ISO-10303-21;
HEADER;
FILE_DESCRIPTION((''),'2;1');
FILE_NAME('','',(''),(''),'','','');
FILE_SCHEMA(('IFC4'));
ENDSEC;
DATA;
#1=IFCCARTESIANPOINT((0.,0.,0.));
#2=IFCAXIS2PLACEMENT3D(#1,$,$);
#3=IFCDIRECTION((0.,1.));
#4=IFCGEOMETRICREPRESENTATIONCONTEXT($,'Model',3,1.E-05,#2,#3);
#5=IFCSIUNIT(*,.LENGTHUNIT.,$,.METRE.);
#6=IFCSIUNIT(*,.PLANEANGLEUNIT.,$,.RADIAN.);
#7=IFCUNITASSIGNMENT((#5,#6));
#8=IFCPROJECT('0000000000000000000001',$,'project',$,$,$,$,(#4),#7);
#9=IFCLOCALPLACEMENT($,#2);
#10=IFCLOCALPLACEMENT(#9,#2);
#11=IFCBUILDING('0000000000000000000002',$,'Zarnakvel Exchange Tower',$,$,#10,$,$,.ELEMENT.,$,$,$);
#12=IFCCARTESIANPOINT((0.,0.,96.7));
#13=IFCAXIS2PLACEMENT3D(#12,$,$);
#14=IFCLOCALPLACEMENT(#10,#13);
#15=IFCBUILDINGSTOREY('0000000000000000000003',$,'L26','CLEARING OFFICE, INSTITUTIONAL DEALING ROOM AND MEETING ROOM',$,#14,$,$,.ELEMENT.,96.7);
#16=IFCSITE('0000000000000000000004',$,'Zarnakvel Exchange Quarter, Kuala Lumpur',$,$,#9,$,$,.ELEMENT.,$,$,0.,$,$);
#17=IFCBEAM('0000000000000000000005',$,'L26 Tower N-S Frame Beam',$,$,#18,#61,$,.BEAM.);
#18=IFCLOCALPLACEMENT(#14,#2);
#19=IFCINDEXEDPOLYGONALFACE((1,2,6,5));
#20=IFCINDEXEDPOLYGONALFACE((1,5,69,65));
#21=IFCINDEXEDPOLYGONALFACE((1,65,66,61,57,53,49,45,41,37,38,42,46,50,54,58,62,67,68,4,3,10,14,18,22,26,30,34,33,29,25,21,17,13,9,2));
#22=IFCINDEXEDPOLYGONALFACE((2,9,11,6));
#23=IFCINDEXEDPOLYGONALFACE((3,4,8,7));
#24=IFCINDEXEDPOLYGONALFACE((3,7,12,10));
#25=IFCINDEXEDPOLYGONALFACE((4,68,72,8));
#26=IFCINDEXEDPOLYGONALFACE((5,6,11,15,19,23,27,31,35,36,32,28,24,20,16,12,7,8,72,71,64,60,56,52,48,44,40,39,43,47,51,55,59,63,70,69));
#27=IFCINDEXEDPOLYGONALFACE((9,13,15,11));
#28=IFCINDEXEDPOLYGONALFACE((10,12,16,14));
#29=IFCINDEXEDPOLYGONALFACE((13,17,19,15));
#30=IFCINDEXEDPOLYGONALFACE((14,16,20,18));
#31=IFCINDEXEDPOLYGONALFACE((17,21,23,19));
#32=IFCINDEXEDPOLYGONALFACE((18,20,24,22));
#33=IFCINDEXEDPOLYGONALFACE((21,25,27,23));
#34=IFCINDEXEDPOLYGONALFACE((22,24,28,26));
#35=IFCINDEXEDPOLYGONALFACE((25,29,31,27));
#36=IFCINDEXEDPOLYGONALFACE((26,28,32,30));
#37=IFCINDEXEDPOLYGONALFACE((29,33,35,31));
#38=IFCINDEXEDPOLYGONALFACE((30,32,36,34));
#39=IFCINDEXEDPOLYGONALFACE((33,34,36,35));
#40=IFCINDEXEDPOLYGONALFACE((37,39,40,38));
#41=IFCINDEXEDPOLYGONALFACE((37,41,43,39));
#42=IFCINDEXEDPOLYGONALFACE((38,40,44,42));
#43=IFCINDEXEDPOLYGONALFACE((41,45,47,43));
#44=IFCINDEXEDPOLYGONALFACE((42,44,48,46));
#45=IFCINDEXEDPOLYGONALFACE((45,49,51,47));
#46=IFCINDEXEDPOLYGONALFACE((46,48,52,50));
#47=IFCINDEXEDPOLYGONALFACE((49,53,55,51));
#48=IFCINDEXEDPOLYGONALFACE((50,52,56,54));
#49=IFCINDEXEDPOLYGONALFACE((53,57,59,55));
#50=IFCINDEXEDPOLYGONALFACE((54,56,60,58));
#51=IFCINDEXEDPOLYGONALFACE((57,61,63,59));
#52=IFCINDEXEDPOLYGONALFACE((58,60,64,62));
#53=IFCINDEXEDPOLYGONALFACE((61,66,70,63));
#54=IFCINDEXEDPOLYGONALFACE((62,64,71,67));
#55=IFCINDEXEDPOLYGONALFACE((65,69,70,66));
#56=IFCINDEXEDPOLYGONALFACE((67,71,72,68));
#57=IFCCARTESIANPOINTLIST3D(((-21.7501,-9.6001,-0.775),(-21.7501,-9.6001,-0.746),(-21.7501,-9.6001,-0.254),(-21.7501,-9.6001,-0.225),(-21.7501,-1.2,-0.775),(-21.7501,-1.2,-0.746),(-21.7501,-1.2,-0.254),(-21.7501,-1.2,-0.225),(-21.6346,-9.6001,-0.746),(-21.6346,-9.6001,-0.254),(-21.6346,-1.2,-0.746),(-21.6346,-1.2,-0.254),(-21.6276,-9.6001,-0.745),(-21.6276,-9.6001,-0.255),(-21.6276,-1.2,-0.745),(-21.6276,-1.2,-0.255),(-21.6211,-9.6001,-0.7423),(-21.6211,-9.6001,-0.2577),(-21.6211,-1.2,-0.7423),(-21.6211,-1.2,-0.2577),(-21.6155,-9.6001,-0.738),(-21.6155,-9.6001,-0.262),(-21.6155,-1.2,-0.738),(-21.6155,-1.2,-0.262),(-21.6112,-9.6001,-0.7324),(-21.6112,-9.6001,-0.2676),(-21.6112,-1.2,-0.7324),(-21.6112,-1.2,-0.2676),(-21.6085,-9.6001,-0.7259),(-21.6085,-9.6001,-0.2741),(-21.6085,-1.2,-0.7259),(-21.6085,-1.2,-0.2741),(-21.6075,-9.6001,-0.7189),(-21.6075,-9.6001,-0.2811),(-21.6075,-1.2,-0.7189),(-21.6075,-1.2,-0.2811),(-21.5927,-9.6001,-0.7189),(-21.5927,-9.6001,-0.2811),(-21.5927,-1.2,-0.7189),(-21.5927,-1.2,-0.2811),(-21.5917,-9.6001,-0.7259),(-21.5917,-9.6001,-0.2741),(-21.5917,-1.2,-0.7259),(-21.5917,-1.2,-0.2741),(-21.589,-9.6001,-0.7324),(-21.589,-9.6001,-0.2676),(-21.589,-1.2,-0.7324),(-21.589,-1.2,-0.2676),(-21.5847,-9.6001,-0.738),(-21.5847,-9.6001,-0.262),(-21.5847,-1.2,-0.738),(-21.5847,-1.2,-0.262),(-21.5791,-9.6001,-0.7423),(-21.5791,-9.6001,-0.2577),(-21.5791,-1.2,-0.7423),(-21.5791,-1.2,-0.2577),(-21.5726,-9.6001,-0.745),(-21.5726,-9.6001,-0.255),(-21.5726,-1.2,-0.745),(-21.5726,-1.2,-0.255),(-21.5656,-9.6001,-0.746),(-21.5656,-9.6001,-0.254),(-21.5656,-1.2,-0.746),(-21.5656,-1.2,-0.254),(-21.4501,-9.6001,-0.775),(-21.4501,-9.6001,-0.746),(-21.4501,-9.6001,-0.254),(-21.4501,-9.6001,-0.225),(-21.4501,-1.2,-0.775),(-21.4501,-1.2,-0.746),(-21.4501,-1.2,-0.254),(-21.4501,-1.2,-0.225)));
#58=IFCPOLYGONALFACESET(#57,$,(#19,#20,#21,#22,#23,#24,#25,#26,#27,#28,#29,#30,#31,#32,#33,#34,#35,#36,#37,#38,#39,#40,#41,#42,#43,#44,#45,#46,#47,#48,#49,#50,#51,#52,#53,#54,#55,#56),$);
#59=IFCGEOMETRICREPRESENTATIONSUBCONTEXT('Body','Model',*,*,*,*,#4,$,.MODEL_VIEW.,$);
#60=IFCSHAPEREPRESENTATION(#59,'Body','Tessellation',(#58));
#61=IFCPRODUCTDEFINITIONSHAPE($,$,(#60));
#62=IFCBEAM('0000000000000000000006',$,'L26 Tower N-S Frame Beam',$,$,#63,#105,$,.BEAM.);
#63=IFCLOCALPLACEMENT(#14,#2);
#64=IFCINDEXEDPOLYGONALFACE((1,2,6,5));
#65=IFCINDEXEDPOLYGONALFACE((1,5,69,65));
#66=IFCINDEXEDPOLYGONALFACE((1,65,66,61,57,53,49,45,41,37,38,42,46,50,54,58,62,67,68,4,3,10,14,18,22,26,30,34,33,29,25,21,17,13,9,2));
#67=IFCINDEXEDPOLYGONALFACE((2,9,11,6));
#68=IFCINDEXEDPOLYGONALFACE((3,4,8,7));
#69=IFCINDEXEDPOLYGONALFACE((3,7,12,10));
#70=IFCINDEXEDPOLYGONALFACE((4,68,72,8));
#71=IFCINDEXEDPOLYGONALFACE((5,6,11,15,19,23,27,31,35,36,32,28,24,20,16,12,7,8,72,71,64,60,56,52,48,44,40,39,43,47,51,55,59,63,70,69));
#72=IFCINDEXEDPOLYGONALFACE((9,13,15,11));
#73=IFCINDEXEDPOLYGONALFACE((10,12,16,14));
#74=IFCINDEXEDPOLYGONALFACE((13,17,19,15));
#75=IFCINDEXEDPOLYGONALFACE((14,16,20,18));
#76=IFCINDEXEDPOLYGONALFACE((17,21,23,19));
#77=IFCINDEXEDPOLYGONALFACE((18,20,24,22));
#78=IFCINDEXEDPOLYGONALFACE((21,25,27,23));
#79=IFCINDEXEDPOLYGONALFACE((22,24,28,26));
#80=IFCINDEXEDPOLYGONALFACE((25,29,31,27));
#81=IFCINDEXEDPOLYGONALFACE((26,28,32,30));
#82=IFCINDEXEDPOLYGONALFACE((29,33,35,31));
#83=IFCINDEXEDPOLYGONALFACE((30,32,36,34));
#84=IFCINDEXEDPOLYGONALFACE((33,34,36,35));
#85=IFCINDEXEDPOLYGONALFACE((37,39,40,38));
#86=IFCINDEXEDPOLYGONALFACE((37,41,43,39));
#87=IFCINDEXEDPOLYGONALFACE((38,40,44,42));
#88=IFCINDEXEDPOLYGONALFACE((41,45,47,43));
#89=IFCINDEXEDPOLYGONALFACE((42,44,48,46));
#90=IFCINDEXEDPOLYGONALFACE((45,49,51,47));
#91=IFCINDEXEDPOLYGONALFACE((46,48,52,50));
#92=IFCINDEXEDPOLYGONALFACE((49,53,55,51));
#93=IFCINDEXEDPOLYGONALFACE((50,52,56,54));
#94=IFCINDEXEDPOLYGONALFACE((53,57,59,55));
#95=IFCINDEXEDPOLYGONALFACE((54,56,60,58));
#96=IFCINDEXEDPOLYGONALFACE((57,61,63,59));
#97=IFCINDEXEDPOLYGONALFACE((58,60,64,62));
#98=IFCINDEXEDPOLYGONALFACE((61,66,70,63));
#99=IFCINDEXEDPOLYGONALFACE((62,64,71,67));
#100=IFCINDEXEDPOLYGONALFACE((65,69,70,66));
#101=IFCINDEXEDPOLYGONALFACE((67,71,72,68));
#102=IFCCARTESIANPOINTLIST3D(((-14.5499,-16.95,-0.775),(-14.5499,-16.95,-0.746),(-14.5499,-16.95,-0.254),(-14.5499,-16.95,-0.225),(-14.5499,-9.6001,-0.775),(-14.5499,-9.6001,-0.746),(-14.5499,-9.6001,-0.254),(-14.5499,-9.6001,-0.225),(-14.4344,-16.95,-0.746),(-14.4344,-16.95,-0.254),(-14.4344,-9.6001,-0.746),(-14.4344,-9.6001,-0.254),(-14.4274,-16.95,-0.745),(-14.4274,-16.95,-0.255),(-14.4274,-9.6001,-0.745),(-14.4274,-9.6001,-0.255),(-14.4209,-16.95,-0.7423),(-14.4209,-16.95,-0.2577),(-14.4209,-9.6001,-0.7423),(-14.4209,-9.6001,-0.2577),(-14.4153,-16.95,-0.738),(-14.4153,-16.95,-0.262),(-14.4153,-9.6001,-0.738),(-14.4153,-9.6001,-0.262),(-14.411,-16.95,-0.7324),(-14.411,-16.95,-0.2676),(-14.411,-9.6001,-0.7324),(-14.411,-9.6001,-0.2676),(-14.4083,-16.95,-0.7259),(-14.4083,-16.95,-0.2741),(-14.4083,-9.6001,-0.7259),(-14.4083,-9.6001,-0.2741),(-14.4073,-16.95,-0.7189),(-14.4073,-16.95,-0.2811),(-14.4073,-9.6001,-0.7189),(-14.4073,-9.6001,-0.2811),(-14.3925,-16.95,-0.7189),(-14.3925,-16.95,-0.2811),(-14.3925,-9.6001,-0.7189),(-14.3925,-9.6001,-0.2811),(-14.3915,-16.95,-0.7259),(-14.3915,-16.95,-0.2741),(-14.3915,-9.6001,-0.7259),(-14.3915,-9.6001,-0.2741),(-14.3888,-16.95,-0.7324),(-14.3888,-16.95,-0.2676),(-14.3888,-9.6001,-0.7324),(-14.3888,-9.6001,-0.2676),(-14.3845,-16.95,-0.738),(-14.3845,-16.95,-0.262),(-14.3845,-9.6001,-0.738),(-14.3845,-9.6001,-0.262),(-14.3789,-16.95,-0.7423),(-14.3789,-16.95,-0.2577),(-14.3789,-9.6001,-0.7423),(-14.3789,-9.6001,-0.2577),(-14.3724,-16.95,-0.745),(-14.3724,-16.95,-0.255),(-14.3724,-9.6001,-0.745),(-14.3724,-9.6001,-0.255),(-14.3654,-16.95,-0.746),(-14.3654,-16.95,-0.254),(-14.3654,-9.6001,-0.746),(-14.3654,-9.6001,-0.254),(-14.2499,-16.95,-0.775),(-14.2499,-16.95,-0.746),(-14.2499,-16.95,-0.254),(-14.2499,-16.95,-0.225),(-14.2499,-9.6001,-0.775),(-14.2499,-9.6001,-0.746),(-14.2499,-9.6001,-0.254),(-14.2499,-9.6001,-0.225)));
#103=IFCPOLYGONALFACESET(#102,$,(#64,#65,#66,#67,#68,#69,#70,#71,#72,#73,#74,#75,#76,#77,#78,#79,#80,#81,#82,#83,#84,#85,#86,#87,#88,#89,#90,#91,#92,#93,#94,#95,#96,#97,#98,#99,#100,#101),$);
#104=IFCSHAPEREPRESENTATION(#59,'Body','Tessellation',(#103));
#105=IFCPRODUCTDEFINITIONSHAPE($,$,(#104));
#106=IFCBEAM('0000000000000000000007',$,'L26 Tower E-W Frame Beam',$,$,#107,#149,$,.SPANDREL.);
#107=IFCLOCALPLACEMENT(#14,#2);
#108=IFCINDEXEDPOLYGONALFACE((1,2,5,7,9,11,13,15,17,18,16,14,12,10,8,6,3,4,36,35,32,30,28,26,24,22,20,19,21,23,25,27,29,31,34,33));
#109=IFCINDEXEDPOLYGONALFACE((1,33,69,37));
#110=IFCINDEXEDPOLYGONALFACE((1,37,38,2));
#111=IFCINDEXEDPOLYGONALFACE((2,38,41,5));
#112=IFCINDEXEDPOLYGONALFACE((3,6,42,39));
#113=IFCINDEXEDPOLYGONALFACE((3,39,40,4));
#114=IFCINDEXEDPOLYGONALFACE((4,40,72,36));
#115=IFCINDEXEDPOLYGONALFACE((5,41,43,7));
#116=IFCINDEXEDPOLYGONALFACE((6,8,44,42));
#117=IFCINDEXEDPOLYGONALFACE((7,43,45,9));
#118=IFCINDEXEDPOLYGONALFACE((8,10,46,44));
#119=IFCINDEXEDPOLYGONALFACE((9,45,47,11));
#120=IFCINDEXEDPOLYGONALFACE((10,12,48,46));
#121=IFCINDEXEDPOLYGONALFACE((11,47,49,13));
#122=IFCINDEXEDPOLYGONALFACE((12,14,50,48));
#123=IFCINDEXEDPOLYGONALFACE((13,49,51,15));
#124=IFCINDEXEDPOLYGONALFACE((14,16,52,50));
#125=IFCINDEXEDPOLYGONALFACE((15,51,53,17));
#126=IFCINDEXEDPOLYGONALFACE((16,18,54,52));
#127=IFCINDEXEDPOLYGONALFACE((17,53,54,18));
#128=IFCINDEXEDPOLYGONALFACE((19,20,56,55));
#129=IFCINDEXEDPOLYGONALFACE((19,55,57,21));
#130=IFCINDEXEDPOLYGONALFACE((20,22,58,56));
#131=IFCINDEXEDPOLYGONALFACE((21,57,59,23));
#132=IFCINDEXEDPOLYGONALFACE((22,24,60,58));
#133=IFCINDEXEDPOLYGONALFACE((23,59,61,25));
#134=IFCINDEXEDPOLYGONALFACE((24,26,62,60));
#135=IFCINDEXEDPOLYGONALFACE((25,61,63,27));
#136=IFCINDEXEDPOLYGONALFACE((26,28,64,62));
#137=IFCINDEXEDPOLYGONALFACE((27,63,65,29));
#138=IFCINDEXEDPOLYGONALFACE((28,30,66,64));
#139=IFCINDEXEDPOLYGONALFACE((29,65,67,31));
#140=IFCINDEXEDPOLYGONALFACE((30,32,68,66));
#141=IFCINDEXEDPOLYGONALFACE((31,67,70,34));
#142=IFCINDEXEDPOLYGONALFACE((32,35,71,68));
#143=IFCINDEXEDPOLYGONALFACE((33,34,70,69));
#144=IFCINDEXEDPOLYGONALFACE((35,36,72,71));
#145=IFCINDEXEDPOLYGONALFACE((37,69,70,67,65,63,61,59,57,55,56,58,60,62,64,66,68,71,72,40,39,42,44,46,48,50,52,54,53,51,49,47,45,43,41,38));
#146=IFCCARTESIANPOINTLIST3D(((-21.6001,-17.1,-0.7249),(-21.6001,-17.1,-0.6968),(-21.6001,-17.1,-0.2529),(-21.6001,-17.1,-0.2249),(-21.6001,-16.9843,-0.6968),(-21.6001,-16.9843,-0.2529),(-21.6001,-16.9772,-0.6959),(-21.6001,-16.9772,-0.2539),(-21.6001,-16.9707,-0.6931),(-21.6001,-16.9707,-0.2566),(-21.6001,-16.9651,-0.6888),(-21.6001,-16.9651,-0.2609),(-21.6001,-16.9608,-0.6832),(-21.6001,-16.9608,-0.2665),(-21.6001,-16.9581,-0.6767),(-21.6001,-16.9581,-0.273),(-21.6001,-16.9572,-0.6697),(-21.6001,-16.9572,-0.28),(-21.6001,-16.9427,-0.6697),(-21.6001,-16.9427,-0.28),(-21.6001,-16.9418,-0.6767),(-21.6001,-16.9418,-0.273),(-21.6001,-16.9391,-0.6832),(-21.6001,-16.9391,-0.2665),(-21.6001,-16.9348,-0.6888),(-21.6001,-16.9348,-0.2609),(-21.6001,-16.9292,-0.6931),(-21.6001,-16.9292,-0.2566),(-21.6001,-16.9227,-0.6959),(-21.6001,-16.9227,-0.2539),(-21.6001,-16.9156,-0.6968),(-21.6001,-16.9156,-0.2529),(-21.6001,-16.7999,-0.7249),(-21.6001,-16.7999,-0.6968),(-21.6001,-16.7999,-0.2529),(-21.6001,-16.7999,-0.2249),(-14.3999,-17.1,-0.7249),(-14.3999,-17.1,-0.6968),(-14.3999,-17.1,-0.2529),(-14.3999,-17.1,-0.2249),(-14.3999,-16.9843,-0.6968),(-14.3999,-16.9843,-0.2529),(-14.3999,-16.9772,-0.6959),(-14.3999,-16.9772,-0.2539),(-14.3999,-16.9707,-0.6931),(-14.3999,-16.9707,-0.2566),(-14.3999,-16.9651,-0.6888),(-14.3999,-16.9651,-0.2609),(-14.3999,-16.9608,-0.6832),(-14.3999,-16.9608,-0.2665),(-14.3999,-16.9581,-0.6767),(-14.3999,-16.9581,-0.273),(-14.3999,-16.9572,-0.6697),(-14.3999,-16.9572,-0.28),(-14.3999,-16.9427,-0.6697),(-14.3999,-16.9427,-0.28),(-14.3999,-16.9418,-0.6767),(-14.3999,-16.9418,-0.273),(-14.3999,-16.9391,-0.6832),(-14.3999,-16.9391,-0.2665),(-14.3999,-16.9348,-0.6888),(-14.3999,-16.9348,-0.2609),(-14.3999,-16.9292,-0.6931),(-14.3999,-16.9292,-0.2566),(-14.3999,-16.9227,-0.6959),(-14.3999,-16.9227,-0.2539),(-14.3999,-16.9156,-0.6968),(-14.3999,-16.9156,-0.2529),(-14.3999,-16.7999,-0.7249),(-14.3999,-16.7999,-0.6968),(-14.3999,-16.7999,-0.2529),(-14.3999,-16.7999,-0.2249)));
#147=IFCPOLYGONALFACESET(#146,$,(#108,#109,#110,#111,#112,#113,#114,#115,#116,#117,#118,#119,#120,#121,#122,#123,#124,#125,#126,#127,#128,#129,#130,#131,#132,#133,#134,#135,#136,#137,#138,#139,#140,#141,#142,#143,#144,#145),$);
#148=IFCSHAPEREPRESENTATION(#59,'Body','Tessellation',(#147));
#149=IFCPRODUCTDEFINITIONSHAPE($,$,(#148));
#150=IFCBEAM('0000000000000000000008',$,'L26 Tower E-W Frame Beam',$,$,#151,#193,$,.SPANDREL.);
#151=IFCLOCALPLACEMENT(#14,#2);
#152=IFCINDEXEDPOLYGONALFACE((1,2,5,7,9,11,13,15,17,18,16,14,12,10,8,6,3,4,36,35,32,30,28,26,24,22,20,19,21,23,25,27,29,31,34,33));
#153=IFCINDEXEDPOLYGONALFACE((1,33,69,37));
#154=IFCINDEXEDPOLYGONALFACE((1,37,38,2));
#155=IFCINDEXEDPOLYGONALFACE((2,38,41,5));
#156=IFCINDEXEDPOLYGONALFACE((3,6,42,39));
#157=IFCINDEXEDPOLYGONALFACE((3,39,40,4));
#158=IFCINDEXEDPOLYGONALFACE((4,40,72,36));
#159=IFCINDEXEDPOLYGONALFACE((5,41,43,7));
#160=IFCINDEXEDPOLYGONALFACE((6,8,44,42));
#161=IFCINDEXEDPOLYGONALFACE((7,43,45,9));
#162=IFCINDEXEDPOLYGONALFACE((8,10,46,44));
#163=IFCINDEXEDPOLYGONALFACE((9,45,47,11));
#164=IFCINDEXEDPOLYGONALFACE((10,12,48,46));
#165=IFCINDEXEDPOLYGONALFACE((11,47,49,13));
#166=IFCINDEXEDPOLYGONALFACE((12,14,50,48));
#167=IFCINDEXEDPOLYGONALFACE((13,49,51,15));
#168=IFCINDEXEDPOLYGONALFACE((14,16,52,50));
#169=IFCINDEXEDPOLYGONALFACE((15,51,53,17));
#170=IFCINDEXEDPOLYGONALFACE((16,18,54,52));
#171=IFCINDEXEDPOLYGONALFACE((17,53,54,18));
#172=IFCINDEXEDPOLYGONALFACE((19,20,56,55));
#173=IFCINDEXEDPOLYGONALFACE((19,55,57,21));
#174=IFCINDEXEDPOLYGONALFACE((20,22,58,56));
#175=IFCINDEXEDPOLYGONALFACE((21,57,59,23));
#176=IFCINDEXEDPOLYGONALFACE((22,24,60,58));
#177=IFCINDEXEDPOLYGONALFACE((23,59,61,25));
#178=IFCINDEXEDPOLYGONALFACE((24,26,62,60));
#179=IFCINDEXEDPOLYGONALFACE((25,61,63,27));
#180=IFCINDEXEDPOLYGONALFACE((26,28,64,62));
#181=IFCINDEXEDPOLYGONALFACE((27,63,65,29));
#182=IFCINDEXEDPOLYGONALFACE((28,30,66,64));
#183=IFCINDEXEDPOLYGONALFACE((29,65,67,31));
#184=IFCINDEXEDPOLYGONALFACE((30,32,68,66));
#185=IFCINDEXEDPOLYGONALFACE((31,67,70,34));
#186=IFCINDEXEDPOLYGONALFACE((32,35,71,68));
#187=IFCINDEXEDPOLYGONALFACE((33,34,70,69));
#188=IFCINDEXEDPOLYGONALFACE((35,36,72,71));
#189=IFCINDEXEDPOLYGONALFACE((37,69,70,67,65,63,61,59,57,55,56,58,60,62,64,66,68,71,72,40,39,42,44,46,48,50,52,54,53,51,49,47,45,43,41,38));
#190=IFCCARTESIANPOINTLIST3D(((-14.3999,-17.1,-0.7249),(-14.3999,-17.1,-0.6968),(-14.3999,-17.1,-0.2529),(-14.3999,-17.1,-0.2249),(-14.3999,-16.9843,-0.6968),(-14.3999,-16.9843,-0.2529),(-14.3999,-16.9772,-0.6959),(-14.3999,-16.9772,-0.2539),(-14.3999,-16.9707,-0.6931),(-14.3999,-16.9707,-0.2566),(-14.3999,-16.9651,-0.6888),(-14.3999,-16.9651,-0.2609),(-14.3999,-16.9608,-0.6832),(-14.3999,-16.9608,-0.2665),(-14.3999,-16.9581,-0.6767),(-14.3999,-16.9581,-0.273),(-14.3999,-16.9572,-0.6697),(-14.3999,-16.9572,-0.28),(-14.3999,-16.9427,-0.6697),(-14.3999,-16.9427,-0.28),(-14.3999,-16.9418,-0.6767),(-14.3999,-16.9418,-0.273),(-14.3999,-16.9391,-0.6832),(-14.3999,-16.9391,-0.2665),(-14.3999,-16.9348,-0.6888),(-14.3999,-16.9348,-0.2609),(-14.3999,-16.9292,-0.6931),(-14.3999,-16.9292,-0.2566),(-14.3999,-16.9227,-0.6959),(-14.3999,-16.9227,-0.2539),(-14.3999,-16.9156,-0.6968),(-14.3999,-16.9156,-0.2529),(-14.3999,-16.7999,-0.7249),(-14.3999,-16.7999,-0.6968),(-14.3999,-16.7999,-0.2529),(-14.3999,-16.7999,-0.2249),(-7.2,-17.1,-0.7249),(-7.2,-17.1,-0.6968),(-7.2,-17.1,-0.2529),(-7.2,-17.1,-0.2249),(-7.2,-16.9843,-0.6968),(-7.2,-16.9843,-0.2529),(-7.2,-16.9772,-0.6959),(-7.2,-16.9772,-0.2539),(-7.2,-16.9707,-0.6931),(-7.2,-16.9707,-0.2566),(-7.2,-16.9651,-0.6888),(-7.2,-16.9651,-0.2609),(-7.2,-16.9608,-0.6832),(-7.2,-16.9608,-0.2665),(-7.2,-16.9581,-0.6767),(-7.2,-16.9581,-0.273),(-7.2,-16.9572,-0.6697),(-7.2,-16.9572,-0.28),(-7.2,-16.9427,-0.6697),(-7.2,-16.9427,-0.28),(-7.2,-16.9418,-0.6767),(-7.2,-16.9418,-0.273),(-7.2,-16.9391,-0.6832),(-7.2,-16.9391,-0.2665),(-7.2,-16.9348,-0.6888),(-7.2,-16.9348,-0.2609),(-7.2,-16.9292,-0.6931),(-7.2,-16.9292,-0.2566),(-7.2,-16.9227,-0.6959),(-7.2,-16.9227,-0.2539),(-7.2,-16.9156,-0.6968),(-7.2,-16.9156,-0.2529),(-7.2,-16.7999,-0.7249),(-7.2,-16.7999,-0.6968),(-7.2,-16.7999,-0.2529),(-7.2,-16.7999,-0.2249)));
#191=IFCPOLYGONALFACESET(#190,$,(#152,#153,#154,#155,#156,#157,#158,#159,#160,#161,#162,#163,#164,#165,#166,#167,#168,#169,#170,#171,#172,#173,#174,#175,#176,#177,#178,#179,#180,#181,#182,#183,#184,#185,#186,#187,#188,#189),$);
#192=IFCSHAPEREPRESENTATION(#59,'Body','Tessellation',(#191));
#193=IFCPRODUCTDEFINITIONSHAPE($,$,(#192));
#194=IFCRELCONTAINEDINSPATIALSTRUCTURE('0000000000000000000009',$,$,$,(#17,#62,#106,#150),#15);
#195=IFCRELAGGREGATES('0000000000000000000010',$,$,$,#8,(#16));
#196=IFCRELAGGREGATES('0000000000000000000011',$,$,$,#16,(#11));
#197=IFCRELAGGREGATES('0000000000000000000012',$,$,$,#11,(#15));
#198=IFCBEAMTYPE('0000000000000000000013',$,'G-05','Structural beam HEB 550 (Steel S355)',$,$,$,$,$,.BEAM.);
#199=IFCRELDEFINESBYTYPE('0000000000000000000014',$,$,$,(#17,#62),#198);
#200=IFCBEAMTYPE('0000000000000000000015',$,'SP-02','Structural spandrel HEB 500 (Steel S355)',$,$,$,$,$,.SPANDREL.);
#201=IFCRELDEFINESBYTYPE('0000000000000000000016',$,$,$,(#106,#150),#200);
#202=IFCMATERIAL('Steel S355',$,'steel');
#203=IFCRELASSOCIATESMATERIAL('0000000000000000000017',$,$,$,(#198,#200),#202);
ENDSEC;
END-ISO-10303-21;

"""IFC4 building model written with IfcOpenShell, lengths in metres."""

from ifc_helpers import new_model, si_unit, direction, frame, origin, origin_2d, place, context, subcontext, project, spatial, i_section, extrude, material, material_profile, profile_set, type_object, element, save


model = new_model("IFC4")

# Units and contexts
model_context = context("Model", 3, precision=1e-05, world=origin(), true_north=direction((0.0, 1.0)))
body_context = subcontext(model_context, "Body", "Model", "MODEL_VIEW")
ifc_project = project(units=[si_unit("LENGTHUNIT", "METRE"), si_unit("PLANEANGLEUNIT", "RADIAN")], contexts=[model_context])

# Site, building, storey
site_placement = place(None, origin())
site = spatial("IfcSite", under=ifc_project, at=site_placement, Name="Zarnakvel Exchange Quarter, Kuala Lumpur", CompositionType="ELEMENT", RefElevation=0.0)
building_placement = place(site_placement, origin())
building = spatial("IfcBuilding", under=site, at=building_placement, Name="Zarnakvel Exchange Tower", CompositionType="ELEMENT")
storey_placement = place(building_placement, frame((0.0, 0.0, 96.7)))
storey = spatial("IfcBuildingStorey", under=building, at=storey_placement, Name="L26", Description="CLEARING OFFICE, INSTITUTIONAL DEALING ROOM AND MEETING ROOM", CompositionType="ELEMENT", Elevation=96.7)

# Shared definitions
ifc_material_1 = material(Name="Steel S355", Category="steel")

# Beams
ifc_material_profile_1 = material_profile(ifc_material_1, i_section(OverallWidth=0.3, OverallDepth=0.55, WebThickness=0.0149, FlangeThickness=0.0291, FilletRadius=0.0271, at=origin_2d()))
ifc_profile_set_1 = profile_set([ifc_material_profile_1], Name="Steel S355")
beam_type_1 = type_object("IfcBeamType", Name="G-05", Description="Structural beam HEB 550 (Steel S355)", PredefinedType="BEAM", material=ifc_profile_set_1)
beam_1_placement = place(storey_placement, frame((-21.6001, -9.6001, -0.5), z_axis=(0.0, 1.0, 0.0), x_axis=(-1.0, 0.0, 0.0)))
element("IfcBeam", 1, at=beam_1_placement, inside=storey, type_object=beam_type_1, Name="L26 Tower N-S Frame Beam", PredefinedType="BEAM", context=body_context, shape_type="SweptSolid", body=[
    extrude(i_section(OverallWidth=0.3, OverallDepth=0.55, WebThickness=0.0149, FlangeThickness=0.0291, FilletRadius=0.0271, at=origin_2d()), origin(), (0.0, 0.0, 1.0), 8.4001),
])
beam_2_placement = place(storey_placement, frame((-14.3999, -16.95, -0.5), z_axis=(0.0, 1.0, 0.0), x_axis=(-1.0, 0.0, 0.0)))
element("IfcBeam", 2, at=beam_2_placement, inside=storey, type_object=beam_type_1, Name="L26 Tower N-S Frame Beam", PredefinedType="BEAM", context=body_context, shape_type="SweptSolid", body=[
    extrude(i_section(OverallWidth=0.3, OverallDepth=0.55, WebThickness=0.0149, FlangeThickness=0.0291, FilletRadius=0.0271, at=origin_2d()), origin(), (0.0, 0.0, 1.0), 7.3499),
])
ifc_material_profile_2 = material_profile(ifc_material_1, i_section(OverallWidth=0.3, OverallDepth=0.5, WebThickness=0.0144, FlangeThickness=0.0281, FilletRadius=0.0271, at=origin_2d()))
ifc_profile_set_2 = profile_set([ifc_material_profile_2], Name="Steel S355")
beam_type_2 = type_object("IfcBeamType", Name="SP-02", Description="Structural spandrel HEB 500 (Steel S355)", PredefinedType="SPANDREL", material=ifc_profile_set_2)
beam_3_placement = place(storey_placement, frame((-21.6001, -16.95, -0.4749), z_axis=(1.0, 0.0, 0.0), x_axis=(0.0, 1.0, 0.0)))
element("IfcBeam", 3, at=beam_3_placement, inside=storey, type_object=beam_type_2, Name="L26 Tower E-W Frame Beam", PredefinedType="SPANDREL", context=body_context, shape_type="SweptSolid", body=[
    extrude(i_section(OverallWidth=0.3, OverallDepth=0.5, WebThickness=0.0144, FlangeThickness=0.0281, FilletRadius=0.0271, at=origin_2d()), origin(), (0.0, 0.0, 1.0), 7.2002),
])
beam_4_placement = place(storey_placement, frame((-14.3999, -16.95, -0.4749), z_axis=(1.0, 0.0, 0.0), x_axis=(0.0, 1.0, 0.0)))
element("IfcBeam", 4, at=beam_4_placement, inside=storey, type_object=beam_type_2, Name="L26 Tower E-W Frame Beam", PredefinedType="SPANDREL", context=body_context, shape_type="SweptSolid", body=[
    extrude(i_section(OverallWidth=0.3, OverallDepth=0.5, WebThickness=0.0144, FlangeThickness=0.0281, FilletRadius=0.0271, at=origin_2d()), origin(), (0.0, 0.0, 1.0), 7.2),
])

save(model, "model.ifc")
